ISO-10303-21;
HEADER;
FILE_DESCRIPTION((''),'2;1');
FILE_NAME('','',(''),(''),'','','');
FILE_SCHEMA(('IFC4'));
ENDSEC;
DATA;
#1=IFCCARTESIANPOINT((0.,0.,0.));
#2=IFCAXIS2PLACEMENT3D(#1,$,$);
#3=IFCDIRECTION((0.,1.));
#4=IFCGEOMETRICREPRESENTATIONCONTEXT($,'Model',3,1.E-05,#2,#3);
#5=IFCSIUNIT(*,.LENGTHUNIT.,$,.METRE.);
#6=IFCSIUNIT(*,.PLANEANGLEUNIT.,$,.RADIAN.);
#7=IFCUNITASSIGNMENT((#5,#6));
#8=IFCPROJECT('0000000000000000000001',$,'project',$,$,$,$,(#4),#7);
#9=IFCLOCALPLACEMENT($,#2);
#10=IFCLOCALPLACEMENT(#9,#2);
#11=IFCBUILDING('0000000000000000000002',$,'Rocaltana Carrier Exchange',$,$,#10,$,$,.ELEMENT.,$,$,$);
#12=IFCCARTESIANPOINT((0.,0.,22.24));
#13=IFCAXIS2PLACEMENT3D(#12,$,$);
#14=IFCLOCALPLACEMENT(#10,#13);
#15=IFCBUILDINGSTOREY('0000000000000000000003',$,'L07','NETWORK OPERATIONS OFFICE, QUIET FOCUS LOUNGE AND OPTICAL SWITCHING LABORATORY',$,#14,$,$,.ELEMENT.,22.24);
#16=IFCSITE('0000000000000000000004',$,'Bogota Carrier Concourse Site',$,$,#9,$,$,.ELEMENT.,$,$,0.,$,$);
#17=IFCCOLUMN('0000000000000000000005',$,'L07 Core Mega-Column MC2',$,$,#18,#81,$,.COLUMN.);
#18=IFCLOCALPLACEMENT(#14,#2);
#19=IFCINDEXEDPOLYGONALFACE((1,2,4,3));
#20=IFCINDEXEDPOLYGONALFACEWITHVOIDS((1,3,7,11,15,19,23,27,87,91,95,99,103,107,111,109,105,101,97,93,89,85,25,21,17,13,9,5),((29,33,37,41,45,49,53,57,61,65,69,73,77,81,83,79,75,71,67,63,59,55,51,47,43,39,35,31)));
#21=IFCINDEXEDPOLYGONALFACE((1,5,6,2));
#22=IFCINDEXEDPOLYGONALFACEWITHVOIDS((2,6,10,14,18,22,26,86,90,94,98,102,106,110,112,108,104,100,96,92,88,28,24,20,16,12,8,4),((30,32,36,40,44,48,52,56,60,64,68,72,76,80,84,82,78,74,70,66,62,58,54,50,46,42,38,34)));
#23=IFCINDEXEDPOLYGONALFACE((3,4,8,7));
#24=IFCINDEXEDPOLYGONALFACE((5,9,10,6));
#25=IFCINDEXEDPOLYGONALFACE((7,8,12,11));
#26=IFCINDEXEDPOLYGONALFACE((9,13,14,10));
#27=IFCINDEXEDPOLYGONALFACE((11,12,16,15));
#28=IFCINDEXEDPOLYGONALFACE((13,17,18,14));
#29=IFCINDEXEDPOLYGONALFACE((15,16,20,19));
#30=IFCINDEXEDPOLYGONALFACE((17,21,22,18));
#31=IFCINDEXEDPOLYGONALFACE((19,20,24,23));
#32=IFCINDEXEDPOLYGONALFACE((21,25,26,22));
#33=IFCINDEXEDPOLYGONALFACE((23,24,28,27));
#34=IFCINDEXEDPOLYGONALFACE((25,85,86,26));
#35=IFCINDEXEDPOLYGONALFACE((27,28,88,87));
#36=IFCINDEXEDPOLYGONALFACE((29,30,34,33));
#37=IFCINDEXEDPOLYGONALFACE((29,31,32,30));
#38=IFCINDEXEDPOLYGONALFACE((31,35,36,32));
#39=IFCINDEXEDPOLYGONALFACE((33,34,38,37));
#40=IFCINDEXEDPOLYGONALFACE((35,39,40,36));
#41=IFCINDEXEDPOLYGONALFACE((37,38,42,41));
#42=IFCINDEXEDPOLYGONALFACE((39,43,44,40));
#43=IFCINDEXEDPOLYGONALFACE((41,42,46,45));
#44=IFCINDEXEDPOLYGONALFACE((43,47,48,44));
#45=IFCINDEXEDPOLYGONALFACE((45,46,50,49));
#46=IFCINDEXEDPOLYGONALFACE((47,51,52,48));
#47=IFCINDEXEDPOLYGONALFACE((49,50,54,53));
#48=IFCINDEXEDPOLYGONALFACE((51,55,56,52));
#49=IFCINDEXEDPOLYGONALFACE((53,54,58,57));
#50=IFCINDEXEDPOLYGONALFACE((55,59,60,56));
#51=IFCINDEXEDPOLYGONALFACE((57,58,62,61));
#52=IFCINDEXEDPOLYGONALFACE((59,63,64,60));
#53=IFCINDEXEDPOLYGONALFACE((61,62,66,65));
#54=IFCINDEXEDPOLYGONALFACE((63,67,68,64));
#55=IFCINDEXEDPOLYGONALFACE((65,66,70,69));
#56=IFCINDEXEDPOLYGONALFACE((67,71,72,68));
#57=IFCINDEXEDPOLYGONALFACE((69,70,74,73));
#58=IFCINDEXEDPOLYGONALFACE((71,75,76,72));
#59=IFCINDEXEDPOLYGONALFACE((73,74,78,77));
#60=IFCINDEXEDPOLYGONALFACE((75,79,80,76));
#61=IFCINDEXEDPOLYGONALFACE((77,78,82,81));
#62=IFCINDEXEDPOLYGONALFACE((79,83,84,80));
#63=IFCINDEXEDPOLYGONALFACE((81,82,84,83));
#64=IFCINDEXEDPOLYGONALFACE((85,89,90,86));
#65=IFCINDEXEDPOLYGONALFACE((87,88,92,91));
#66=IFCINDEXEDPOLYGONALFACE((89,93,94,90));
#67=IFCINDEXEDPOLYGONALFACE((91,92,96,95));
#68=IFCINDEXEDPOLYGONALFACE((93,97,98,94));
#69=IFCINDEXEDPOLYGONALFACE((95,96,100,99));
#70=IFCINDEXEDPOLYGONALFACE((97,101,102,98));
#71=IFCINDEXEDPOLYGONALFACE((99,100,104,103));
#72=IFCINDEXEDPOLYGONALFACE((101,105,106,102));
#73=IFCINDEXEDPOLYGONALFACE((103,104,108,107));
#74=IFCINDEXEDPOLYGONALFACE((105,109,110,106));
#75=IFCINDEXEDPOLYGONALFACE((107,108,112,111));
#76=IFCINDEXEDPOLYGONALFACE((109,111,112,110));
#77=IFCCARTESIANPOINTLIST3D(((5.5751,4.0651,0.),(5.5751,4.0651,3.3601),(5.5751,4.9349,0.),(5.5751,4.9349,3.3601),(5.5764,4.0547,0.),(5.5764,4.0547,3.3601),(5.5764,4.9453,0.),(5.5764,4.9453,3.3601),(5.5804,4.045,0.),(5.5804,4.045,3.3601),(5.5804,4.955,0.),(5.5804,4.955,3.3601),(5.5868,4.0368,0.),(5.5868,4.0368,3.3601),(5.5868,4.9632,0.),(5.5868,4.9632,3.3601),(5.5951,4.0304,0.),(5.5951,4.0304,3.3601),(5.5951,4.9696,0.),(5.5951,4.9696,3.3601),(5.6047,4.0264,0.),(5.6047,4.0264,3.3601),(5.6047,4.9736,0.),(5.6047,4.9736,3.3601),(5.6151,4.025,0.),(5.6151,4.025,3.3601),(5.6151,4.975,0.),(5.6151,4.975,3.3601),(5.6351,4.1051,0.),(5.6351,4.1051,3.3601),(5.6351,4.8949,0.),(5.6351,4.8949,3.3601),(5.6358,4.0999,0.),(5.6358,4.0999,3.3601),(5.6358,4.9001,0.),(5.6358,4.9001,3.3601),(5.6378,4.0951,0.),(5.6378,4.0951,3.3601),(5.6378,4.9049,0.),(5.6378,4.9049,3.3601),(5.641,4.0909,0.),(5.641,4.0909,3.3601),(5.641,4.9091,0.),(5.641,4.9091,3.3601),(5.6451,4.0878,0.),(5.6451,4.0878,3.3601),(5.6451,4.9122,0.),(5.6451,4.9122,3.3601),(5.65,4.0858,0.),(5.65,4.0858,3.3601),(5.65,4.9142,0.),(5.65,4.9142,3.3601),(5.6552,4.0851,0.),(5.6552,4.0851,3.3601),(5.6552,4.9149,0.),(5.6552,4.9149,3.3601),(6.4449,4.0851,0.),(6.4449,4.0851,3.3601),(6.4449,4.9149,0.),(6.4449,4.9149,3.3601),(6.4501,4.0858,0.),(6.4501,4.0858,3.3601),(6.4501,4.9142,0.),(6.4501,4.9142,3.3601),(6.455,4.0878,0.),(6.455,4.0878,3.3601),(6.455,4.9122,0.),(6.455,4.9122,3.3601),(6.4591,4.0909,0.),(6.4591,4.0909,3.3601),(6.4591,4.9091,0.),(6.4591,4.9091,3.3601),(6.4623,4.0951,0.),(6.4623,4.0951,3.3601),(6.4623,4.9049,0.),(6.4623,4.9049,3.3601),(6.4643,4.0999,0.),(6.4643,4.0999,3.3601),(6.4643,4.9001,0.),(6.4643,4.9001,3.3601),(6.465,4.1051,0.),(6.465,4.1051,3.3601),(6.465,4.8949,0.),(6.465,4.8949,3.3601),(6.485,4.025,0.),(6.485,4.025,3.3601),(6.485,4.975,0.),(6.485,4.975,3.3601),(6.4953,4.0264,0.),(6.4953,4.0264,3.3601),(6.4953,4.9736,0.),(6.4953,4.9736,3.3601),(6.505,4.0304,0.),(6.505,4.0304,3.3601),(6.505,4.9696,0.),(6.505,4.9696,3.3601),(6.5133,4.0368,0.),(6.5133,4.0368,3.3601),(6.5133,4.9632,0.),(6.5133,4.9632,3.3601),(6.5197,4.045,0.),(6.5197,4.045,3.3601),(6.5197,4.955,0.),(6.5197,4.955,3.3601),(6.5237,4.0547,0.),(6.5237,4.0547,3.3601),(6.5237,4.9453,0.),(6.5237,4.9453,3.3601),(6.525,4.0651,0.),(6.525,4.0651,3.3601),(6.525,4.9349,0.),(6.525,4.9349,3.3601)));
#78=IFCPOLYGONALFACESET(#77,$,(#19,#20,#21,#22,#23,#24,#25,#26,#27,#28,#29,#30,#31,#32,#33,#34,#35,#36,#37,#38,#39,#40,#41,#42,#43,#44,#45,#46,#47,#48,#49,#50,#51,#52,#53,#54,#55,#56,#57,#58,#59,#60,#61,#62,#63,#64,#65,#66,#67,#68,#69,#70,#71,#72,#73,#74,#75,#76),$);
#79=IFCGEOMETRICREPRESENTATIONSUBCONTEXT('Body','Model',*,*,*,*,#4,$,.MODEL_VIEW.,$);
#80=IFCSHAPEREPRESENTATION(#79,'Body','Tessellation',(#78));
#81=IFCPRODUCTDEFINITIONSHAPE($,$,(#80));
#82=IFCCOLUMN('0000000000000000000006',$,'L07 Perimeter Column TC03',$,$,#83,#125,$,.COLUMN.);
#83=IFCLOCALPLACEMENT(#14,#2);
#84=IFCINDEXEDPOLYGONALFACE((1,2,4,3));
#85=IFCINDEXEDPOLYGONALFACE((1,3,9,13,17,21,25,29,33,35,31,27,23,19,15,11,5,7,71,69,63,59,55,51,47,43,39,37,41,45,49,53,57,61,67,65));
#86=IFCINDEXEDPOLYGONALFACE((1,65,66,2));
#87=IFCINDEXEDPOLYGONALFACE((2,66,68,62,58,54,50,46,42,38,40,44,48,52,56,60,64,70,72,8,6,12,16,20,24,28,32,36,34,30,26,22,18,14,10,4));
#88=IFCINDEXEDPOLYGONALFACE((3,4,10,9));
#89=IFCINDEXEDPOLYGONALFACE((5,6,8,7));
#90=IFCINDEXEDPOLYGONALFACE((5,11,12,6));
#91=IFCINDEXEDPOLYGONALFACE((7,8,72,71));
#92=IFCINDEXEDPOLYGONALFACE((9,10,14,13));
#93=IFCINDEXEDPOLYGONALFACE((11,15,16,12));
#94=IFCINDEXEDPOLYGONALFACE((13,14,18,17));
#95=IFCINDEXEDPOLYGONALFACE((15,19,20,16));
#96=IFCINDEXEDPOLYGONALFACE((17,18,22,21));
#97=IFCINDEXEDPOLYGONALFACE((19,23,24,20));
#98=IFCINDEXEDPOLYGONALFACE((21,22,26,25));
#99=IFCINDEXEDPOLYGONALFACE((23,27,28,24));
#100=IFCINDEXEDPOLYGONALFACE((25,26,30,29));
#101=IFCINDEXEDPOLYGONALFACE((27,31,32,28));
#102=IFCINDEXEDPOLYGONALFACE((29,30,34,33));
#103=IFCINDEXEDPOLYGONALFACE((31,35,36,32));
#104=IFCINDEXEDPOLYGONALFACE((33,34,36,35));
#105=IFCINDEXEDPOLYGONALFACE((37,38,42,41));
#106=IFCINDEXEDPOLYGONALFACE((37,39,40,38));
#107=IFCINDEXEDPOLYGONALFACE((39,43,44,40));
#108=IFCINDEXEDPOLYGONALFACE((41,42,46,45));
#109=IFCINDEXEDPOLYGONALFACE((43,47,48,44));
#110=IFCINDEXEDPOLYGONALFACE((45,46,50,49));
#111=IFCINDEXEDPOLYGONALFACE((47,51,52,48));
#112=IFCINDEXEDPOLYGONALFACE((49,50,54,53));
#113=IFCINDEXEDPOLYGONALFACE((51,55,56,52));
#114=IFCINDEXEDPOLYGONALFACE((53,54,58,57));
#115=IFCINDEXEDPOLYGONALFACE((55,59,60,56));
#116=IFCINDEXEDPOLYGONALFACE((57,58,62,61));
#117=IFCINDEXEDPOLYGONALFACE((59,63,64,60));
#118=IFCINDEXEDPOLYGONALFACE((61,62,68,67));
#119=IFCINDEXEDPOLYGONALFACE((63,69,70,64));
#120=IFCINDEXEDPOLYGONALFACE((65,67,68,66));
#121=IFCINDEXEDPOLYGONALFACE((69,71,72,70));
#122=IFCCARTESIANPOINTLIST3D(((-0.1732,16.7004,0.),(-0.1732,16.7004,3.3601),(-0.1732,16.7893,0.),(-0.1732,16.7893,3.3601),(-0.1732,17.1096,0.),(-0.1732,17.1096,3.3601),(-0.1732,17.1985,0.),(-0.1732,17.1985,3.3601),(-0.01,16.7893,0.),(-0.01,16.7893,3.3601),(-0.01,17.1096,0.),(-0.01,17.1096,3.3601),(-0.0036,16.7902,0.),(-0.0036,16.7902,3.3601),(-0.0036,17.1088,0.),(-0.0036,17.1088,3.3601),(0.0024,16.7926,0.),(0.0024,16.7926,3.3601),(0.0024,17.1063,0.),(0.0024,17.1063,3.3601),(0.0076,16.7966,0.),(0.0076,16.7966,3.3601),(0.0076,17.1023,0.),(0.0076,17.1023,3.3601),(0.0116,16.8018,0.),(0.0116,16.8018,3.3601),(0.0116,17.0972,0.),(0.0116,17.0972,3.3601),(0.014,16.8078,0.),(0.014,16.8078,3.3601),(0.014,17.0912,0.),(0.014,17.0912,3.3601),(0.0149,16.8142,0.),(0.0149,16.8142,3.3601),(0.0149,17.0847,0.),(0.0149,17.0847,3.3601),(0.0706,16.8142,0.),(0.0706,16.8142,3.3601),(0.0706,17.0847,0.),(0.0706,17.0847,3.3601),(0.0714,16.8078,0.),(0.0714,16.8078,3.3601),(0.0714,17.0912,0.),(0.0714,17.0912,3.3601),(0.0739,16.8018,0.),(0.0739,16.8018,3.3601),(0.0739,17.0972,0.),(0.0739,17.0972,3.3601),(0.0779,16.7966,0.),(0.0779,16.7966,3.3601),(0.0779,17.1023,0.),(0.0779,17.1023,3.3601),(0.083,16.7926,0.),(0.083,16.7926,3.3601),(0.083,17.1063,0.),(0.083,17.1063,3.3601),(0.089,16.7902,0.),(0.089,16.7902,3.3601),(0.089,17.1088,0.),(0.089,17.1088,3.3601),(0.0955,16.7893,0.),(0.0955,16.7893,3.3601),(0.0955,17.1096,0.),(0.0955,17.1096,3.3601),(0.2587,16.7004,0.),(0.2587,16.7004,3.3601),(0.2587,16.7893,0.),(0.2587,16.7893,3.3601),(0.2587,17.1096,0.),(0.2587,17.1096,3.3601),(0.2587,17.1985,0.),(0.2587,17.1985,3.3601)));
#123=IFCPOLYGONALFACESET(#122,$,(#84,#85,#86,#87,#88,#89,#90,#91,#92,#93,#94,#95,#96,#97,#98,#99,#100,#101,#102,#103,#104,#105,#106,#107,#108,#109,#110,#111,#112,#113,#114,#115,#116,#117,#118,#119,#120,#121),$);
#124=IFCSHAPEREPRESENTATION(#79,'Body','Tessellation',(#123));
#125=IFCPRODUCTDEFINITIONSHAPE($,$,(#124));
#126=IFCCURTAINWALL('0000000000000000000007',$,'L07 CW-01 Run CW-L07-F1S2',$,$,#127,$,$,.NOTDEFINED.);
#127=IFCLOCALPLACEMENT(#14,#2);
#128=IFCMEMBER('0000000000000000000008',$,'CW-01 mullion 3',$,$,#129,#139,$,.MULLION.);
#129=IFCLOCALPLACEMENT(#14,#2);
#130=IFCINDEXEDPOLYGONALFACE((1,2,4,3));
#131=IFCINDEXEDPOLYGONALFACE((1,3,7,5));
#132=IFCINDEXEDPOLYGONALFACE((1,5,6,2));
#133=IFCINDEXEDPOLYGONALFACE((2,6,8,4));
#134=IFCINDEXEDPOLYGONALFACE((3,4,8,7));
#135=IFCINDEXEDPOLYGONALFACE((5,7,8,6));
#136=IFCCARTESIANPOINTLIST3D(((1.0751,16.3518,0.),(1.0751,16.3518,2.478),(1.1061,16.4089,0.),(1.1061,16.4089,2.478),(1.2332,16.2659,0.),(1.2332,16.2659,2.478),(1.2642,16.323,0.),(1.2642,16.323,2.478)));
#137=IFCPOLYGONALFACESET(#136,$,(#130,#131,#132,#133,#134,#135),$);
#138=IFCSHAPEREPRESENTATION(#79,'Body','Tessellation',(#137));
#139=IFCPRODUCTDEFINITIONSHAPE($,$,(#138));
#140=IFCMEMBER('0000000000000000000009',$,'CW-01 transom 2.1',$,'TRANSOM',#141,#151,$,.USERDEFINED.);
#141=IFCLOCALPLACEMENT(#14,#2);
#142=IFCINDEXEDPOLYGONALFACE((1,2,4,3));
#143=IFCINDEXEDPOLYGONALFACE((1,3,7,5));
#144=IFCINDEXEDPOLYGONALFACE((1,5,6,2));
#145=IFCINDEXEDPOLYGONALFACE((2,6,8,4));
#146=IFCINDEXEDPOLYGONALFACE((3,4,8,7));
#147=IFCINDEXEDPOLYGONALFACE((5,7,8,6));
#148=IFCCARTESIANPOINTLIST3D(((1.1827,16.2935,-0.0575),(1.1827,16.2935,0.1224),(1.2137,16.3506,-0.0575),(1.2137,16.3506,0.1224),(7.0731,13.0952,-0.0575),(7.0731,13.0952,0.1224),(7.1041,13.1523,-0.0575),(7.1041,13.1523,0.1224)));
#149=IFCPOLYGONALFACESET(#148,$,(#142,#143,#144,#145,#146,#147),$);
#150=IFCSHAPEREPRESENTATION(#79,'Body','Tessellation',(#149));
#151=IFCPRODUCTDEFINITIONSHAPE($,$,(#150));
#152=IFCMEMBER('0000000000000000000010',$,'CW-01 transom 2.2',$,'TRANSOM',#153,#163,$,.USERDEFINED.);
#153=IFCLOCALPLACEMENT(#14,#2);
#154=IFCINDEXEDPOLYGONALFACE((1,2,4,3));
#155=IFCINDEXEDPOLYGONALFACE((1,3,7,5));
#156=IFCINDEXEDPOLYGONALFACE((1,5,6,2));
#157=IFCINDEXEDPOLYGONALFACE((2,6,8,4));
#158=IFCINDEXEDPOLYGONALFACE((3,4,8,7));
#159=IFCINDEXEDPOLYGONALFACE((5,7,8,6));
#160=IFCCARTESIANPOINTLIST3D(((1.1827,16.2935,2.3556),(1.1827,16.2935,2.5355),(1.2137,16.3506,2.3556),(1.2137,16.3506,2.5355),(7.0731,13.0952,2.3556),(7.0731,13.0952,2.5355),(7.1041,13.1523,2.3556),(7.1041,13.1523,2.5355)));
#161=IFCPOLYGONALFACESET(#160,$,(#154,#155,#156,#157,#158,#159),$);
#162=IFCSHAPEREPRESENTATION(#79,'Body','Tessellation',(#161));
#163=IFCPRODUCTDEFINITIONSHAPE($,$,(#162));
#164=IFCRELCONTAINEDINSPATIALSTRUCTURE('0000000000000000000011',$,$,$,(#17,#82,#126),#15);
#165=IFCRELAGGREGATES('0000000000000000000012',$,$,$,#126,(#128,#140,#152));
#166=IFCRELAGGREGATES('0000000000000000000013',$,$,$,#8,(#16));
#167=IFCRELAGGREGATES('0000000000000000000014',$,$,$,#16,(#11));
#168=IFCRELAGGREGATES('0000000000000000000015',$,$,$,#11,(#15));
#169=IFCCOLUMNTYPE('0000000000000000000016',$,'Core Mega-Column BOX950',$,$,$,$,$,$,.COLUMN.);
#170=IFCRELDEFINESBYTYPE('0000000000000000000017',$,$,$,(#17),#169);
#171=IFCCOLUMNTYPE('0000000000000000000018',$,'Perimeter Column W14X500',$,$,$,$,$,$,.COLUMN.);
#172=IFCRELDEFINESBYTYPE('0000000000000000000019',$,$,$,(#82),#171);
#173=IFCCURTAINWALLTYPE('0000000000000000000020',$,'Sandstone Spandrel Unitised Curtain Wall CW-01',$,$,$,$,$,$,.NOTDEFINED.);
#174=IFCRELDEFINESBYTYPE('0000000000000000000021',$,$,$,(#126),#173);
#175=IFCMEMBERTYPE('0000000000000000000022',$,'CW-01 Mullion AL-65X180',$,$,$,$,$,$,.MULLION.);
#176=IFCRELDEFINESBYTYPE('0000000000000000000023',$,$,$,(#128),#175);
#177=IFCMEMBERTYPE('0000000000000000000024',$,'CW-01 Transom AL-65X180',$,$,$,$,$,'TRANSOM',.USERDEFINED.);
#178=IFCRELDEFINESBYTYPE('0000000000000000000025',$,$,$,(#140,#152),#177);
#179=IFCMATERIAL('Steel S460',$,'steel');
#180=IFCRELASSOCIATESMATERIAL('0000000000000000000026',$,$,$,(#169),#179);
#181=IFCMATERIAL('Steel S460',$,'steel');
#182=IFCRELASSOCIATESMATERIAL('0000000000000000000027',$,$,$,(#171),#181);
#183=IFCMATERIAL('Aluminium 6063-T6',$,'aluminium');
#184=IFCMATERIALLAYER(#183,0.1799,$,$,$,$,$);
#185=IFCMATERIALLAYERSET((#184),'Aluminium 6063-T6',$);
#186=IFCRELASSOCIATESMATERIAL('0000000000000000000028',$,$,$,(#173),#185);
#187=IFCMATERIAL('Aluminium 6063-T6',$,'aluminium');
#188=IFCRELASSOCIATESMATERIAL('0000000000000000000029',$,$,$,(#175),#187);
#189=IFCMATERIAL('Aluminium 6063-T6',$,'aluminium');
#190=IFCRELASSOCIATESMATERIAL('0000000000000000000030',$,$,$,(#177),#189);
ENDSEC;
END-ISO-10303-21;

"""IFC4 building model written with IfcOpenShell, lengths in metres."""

from ifc_helpers import new_model, si_unit, direction, frame, origin, origin_2d, place, context, subcontext, project, spatial, rectangle, hollow_rectangle, i_section, extrude, material, layer, layer_set, material_profile, profile_set, type_object, element, aggregate, save


model = new_model("IFC4")

# Units and contexts
model_context = context("Model", 3, precision=1e-05, world=origin(), true_north=direction((0.0, 1.0)))
body_context = subcontext(model_context, "Body", "Model", "MODEL_VIEW")
ifc_project = project(units=[si_unit("LENGTHUNIT", "METRE"), si_unit("PLANEANGLEUNIT", "RADIAN")], contexts=[model_context])

# Site, building, storey
site_placement = place(None, origin())
site = spatial("IfcSite", under=ifc_project, at=site_placement, Name="Bogota Carrier Concourse Site", CompositionType="ELEMENT", RefElevation=0.0)
building_placement = place(site_placement, origin())
building = spatial("IfcBuilding", under=site, at=building_placement, Name="Rocaltana Carrier Exchange", CompositionType="ELEMENT")
storey_placement = place(building_placement, frame((0.0, 0.0, 22.24)))
storey = spatial("IfcBuildingStorey", under=building, at=storey_placement, Name="L07", Description="NETWORK OPERATIONS OFFICE, QUIET FOCUS LOUNGE AND OPTICAL SWITCHING LABORATORY", CompositionType="ELEMENT", Elevation=22.24)

# Columns
ifc_material_1 = material(Name="Steel S460", Category="steel")
ifc_material_profile_1 = material_profile(ifc_material_1, hollow_rectangle(XDim=0.95, YDim=0.95, WallThickness=0.0601, InnerFilletRadius=0.02, OuterFilletRadius=0.04, at=origin_2d()), Name="BOX950X950X60")
ifc_profile_set_1 = profile_set([ifc_material_profile_1], Name="Steel S460")
column_type_1 = type_object("IfcColumnType", Name="Core Mega-Column BOX950", PredefinedType="COLUMN", material=ifc_profile_set_1)
column_1_placement = place(storey_placement, frame((6.05, 4.5, 0.0), z_axis=(0.0, 0.0, 1.0), x_axis=(1.0, 0.0, 0.0)))
element("IfcColumn", 1, at=column_1_placement, inside=storey, type_object=column_type_1, Name="L07 Core Mega-Column MC2", PredefinedType="COLUMN", context=body_context, shape_type="SweptSolid", body=[
    extrude(hollow_rectangle(XDim=0.95, YDim=0.95, WallThickness=0.0601, InnerFilletRadius=0.02, OuterFilletRadius=0.04, at=origin_2d()), origin(), (0.0, 0.0, 1.0), 3.3601),
])
ifc_material_2 = material(Name="Steel S460", Category="steel")
ifc_material_profile_2 = material_profile(ifc_material_2, i_section(OverallWidth=0.4319, OverallDepth=0.498, WebThickness=0.0557, FlangeThickness=0.0889, FilletRadius=0.0249, at=origin_2d()), Name="W14X500")
ifc_profile_set_2 = profile_set([ifc_material_profile_2], Name="Steel S460")
column_type_2 = type_object("IfcColumnType", Name="Perimeter Column W14X500", PredefinedType="COLUMN", material=ifc_profile_set_2)
column_2_placement = place(storey_placement, frame((0.0427, 16.9495, 0.0), z_axis=(0.0, 0.0, 1.0), x_axis=(1.0, 0.0, 0.0)))
element("IfcColumn", 2, at=column_2_placement, inside=storey, type_object=column_type_2, Name="L07 Perimeter Column TC03", PredefinedType="COLUMN", context=body_context, shape_type="SweptSolid", body=[
    extrude(i_section(OverallWidth=0.4319, OverallDepth=0.498, WebThickness=0.0557, FlangeThickness=0.0889, FilletRadius=0.0249, at=origin_2d()), origin(), (0.0, 0.0, 1.0), 3.3601),
])

# Curtain wall, members
ifc_material_3 = material(Name="Aluminium 6063-T6", Category="aluminium")
ifc_layer_1 = layer(ifc_material_3, 0.1799)
ifc_layer_set_1 = layer_set([ifc_layer_1], Name="Aluminium 6063-T6")
curtain_wall_type = type_object("IfcCurtainWallType", Name="Sandstone Spandrel Unitised Curtain Wall CW-01", PredefinedType="NOTDEFINED", material=ifc_layer_set_1)
curtain_wall_placement = place(storey_placement, origin())
curtain_wall = element("IfcCurtainWall", 3, at=curtain_wall_placement, inside=storey, type_object=curtain_wall_type, Name="L07 CW-01 Run CW-L07-F1S2", PredefinedType="NOTDEFINED")
ifc_material_4 = material(Name="Aluminium 6063-T6", Category="aluminium")
ifc_material_profile_3 = material_profile(ifc_material_4, rectangle(XDim=0.0649, YDim=0.1799, at=origin_2d()), Name="AL-65X180")
ifc_profile_set_3 = profile_set([ifc_material_profile_3], Name="Aluminium 6063-T6")
member_type_1 = type_object("IfcMemberType", Name="CW-01 Mullion AL-65X180", PredefinedType="MULLION", material=ifc_profile_set_3)
member_1_placement = place(storey_placement, frame((1.1697, 16.3374, 0.0), z_axis=(0.0, 0.0, 1.0), x_axis=(-0.477164, -0.878814, 0.0)))
member_1 = element("IfcMember", 4, at=member_1_placement, type_object=member_type_1, Name="CW-01 mullion 3", PredefinedType="MULLION", context=body_context, shape_type="SweptSolid", body=[
    extrude(rectangle(XDim=0.0649, YDim=0.1799, at=origin_2d()), origin(), (0.0, 0.0, 1.0), 2.478),
])
ifc_material_5 = material(Name="Aluminium 6063-T6", Category="aluminium")
ifc_material_profile_4 = material_profile(ifc_material_5, rectangle(XDim=0.0649, YDim=0.1799, at=origin_2d()), Name="AL-65X180")
ifc_profile_set_4 = profile_set([ifc_material_profile_4], Name="Aluminium 6063-T6")
member_type_2 = type_object("IfcMemberType", Name="CW-01 Transom AL-65X180", ElementType="TRANSOM", PredefinedType="USERDEFINED", material=ifc_profile_set_4)
member_2_placement = place(storey_placement, frame((7.0886, 13.1238, 0.0325), z_axis=(-0.878815, 0.477162, 0.0), x_axis=(-0.477162, -0.878815, 0.0)))
member_2 = element("IfcMember", 5, at=member_2_placement, type_object=member_type_2, Name="CW-01 transom 2.1", ObjectType="TRANSOM", PredefinedType="USERDEFINED", context=body_context, shape_type="SweptSolid", body=[
    extrude(rectangle(XDim=0.0649, YDim=0.1799, at=origin_2d()), origin(), (0.0, 0.0, 1.0), 6.7026),
])
member_3_placement = place(storey_placement, frame((7.0886, 13.1238, 2.4456), z_axis=(-0.878815, 0.477162, 0.0), x_axis=(-0.477162, -0.878815, 0.0)))
member_3 = element("IfcMember", 6, at=member_3_placement, type_object=member_type_2, Name="CW-01 transom 2.2", ObjectType="TRANSOM", PredefinedType="USERDEFINED", context=body_context, shape_type="SweptSolid", body=[
    extrude(rectangle(XDim=0.0649, YDim=0.1799, at=origin_2d()), origin(), (0.0, 0.0, 1.0), 6.7026),
])

aggregate(curtain_wall, [member_1, member_2, member_3])

save(model, "model.ifc")
